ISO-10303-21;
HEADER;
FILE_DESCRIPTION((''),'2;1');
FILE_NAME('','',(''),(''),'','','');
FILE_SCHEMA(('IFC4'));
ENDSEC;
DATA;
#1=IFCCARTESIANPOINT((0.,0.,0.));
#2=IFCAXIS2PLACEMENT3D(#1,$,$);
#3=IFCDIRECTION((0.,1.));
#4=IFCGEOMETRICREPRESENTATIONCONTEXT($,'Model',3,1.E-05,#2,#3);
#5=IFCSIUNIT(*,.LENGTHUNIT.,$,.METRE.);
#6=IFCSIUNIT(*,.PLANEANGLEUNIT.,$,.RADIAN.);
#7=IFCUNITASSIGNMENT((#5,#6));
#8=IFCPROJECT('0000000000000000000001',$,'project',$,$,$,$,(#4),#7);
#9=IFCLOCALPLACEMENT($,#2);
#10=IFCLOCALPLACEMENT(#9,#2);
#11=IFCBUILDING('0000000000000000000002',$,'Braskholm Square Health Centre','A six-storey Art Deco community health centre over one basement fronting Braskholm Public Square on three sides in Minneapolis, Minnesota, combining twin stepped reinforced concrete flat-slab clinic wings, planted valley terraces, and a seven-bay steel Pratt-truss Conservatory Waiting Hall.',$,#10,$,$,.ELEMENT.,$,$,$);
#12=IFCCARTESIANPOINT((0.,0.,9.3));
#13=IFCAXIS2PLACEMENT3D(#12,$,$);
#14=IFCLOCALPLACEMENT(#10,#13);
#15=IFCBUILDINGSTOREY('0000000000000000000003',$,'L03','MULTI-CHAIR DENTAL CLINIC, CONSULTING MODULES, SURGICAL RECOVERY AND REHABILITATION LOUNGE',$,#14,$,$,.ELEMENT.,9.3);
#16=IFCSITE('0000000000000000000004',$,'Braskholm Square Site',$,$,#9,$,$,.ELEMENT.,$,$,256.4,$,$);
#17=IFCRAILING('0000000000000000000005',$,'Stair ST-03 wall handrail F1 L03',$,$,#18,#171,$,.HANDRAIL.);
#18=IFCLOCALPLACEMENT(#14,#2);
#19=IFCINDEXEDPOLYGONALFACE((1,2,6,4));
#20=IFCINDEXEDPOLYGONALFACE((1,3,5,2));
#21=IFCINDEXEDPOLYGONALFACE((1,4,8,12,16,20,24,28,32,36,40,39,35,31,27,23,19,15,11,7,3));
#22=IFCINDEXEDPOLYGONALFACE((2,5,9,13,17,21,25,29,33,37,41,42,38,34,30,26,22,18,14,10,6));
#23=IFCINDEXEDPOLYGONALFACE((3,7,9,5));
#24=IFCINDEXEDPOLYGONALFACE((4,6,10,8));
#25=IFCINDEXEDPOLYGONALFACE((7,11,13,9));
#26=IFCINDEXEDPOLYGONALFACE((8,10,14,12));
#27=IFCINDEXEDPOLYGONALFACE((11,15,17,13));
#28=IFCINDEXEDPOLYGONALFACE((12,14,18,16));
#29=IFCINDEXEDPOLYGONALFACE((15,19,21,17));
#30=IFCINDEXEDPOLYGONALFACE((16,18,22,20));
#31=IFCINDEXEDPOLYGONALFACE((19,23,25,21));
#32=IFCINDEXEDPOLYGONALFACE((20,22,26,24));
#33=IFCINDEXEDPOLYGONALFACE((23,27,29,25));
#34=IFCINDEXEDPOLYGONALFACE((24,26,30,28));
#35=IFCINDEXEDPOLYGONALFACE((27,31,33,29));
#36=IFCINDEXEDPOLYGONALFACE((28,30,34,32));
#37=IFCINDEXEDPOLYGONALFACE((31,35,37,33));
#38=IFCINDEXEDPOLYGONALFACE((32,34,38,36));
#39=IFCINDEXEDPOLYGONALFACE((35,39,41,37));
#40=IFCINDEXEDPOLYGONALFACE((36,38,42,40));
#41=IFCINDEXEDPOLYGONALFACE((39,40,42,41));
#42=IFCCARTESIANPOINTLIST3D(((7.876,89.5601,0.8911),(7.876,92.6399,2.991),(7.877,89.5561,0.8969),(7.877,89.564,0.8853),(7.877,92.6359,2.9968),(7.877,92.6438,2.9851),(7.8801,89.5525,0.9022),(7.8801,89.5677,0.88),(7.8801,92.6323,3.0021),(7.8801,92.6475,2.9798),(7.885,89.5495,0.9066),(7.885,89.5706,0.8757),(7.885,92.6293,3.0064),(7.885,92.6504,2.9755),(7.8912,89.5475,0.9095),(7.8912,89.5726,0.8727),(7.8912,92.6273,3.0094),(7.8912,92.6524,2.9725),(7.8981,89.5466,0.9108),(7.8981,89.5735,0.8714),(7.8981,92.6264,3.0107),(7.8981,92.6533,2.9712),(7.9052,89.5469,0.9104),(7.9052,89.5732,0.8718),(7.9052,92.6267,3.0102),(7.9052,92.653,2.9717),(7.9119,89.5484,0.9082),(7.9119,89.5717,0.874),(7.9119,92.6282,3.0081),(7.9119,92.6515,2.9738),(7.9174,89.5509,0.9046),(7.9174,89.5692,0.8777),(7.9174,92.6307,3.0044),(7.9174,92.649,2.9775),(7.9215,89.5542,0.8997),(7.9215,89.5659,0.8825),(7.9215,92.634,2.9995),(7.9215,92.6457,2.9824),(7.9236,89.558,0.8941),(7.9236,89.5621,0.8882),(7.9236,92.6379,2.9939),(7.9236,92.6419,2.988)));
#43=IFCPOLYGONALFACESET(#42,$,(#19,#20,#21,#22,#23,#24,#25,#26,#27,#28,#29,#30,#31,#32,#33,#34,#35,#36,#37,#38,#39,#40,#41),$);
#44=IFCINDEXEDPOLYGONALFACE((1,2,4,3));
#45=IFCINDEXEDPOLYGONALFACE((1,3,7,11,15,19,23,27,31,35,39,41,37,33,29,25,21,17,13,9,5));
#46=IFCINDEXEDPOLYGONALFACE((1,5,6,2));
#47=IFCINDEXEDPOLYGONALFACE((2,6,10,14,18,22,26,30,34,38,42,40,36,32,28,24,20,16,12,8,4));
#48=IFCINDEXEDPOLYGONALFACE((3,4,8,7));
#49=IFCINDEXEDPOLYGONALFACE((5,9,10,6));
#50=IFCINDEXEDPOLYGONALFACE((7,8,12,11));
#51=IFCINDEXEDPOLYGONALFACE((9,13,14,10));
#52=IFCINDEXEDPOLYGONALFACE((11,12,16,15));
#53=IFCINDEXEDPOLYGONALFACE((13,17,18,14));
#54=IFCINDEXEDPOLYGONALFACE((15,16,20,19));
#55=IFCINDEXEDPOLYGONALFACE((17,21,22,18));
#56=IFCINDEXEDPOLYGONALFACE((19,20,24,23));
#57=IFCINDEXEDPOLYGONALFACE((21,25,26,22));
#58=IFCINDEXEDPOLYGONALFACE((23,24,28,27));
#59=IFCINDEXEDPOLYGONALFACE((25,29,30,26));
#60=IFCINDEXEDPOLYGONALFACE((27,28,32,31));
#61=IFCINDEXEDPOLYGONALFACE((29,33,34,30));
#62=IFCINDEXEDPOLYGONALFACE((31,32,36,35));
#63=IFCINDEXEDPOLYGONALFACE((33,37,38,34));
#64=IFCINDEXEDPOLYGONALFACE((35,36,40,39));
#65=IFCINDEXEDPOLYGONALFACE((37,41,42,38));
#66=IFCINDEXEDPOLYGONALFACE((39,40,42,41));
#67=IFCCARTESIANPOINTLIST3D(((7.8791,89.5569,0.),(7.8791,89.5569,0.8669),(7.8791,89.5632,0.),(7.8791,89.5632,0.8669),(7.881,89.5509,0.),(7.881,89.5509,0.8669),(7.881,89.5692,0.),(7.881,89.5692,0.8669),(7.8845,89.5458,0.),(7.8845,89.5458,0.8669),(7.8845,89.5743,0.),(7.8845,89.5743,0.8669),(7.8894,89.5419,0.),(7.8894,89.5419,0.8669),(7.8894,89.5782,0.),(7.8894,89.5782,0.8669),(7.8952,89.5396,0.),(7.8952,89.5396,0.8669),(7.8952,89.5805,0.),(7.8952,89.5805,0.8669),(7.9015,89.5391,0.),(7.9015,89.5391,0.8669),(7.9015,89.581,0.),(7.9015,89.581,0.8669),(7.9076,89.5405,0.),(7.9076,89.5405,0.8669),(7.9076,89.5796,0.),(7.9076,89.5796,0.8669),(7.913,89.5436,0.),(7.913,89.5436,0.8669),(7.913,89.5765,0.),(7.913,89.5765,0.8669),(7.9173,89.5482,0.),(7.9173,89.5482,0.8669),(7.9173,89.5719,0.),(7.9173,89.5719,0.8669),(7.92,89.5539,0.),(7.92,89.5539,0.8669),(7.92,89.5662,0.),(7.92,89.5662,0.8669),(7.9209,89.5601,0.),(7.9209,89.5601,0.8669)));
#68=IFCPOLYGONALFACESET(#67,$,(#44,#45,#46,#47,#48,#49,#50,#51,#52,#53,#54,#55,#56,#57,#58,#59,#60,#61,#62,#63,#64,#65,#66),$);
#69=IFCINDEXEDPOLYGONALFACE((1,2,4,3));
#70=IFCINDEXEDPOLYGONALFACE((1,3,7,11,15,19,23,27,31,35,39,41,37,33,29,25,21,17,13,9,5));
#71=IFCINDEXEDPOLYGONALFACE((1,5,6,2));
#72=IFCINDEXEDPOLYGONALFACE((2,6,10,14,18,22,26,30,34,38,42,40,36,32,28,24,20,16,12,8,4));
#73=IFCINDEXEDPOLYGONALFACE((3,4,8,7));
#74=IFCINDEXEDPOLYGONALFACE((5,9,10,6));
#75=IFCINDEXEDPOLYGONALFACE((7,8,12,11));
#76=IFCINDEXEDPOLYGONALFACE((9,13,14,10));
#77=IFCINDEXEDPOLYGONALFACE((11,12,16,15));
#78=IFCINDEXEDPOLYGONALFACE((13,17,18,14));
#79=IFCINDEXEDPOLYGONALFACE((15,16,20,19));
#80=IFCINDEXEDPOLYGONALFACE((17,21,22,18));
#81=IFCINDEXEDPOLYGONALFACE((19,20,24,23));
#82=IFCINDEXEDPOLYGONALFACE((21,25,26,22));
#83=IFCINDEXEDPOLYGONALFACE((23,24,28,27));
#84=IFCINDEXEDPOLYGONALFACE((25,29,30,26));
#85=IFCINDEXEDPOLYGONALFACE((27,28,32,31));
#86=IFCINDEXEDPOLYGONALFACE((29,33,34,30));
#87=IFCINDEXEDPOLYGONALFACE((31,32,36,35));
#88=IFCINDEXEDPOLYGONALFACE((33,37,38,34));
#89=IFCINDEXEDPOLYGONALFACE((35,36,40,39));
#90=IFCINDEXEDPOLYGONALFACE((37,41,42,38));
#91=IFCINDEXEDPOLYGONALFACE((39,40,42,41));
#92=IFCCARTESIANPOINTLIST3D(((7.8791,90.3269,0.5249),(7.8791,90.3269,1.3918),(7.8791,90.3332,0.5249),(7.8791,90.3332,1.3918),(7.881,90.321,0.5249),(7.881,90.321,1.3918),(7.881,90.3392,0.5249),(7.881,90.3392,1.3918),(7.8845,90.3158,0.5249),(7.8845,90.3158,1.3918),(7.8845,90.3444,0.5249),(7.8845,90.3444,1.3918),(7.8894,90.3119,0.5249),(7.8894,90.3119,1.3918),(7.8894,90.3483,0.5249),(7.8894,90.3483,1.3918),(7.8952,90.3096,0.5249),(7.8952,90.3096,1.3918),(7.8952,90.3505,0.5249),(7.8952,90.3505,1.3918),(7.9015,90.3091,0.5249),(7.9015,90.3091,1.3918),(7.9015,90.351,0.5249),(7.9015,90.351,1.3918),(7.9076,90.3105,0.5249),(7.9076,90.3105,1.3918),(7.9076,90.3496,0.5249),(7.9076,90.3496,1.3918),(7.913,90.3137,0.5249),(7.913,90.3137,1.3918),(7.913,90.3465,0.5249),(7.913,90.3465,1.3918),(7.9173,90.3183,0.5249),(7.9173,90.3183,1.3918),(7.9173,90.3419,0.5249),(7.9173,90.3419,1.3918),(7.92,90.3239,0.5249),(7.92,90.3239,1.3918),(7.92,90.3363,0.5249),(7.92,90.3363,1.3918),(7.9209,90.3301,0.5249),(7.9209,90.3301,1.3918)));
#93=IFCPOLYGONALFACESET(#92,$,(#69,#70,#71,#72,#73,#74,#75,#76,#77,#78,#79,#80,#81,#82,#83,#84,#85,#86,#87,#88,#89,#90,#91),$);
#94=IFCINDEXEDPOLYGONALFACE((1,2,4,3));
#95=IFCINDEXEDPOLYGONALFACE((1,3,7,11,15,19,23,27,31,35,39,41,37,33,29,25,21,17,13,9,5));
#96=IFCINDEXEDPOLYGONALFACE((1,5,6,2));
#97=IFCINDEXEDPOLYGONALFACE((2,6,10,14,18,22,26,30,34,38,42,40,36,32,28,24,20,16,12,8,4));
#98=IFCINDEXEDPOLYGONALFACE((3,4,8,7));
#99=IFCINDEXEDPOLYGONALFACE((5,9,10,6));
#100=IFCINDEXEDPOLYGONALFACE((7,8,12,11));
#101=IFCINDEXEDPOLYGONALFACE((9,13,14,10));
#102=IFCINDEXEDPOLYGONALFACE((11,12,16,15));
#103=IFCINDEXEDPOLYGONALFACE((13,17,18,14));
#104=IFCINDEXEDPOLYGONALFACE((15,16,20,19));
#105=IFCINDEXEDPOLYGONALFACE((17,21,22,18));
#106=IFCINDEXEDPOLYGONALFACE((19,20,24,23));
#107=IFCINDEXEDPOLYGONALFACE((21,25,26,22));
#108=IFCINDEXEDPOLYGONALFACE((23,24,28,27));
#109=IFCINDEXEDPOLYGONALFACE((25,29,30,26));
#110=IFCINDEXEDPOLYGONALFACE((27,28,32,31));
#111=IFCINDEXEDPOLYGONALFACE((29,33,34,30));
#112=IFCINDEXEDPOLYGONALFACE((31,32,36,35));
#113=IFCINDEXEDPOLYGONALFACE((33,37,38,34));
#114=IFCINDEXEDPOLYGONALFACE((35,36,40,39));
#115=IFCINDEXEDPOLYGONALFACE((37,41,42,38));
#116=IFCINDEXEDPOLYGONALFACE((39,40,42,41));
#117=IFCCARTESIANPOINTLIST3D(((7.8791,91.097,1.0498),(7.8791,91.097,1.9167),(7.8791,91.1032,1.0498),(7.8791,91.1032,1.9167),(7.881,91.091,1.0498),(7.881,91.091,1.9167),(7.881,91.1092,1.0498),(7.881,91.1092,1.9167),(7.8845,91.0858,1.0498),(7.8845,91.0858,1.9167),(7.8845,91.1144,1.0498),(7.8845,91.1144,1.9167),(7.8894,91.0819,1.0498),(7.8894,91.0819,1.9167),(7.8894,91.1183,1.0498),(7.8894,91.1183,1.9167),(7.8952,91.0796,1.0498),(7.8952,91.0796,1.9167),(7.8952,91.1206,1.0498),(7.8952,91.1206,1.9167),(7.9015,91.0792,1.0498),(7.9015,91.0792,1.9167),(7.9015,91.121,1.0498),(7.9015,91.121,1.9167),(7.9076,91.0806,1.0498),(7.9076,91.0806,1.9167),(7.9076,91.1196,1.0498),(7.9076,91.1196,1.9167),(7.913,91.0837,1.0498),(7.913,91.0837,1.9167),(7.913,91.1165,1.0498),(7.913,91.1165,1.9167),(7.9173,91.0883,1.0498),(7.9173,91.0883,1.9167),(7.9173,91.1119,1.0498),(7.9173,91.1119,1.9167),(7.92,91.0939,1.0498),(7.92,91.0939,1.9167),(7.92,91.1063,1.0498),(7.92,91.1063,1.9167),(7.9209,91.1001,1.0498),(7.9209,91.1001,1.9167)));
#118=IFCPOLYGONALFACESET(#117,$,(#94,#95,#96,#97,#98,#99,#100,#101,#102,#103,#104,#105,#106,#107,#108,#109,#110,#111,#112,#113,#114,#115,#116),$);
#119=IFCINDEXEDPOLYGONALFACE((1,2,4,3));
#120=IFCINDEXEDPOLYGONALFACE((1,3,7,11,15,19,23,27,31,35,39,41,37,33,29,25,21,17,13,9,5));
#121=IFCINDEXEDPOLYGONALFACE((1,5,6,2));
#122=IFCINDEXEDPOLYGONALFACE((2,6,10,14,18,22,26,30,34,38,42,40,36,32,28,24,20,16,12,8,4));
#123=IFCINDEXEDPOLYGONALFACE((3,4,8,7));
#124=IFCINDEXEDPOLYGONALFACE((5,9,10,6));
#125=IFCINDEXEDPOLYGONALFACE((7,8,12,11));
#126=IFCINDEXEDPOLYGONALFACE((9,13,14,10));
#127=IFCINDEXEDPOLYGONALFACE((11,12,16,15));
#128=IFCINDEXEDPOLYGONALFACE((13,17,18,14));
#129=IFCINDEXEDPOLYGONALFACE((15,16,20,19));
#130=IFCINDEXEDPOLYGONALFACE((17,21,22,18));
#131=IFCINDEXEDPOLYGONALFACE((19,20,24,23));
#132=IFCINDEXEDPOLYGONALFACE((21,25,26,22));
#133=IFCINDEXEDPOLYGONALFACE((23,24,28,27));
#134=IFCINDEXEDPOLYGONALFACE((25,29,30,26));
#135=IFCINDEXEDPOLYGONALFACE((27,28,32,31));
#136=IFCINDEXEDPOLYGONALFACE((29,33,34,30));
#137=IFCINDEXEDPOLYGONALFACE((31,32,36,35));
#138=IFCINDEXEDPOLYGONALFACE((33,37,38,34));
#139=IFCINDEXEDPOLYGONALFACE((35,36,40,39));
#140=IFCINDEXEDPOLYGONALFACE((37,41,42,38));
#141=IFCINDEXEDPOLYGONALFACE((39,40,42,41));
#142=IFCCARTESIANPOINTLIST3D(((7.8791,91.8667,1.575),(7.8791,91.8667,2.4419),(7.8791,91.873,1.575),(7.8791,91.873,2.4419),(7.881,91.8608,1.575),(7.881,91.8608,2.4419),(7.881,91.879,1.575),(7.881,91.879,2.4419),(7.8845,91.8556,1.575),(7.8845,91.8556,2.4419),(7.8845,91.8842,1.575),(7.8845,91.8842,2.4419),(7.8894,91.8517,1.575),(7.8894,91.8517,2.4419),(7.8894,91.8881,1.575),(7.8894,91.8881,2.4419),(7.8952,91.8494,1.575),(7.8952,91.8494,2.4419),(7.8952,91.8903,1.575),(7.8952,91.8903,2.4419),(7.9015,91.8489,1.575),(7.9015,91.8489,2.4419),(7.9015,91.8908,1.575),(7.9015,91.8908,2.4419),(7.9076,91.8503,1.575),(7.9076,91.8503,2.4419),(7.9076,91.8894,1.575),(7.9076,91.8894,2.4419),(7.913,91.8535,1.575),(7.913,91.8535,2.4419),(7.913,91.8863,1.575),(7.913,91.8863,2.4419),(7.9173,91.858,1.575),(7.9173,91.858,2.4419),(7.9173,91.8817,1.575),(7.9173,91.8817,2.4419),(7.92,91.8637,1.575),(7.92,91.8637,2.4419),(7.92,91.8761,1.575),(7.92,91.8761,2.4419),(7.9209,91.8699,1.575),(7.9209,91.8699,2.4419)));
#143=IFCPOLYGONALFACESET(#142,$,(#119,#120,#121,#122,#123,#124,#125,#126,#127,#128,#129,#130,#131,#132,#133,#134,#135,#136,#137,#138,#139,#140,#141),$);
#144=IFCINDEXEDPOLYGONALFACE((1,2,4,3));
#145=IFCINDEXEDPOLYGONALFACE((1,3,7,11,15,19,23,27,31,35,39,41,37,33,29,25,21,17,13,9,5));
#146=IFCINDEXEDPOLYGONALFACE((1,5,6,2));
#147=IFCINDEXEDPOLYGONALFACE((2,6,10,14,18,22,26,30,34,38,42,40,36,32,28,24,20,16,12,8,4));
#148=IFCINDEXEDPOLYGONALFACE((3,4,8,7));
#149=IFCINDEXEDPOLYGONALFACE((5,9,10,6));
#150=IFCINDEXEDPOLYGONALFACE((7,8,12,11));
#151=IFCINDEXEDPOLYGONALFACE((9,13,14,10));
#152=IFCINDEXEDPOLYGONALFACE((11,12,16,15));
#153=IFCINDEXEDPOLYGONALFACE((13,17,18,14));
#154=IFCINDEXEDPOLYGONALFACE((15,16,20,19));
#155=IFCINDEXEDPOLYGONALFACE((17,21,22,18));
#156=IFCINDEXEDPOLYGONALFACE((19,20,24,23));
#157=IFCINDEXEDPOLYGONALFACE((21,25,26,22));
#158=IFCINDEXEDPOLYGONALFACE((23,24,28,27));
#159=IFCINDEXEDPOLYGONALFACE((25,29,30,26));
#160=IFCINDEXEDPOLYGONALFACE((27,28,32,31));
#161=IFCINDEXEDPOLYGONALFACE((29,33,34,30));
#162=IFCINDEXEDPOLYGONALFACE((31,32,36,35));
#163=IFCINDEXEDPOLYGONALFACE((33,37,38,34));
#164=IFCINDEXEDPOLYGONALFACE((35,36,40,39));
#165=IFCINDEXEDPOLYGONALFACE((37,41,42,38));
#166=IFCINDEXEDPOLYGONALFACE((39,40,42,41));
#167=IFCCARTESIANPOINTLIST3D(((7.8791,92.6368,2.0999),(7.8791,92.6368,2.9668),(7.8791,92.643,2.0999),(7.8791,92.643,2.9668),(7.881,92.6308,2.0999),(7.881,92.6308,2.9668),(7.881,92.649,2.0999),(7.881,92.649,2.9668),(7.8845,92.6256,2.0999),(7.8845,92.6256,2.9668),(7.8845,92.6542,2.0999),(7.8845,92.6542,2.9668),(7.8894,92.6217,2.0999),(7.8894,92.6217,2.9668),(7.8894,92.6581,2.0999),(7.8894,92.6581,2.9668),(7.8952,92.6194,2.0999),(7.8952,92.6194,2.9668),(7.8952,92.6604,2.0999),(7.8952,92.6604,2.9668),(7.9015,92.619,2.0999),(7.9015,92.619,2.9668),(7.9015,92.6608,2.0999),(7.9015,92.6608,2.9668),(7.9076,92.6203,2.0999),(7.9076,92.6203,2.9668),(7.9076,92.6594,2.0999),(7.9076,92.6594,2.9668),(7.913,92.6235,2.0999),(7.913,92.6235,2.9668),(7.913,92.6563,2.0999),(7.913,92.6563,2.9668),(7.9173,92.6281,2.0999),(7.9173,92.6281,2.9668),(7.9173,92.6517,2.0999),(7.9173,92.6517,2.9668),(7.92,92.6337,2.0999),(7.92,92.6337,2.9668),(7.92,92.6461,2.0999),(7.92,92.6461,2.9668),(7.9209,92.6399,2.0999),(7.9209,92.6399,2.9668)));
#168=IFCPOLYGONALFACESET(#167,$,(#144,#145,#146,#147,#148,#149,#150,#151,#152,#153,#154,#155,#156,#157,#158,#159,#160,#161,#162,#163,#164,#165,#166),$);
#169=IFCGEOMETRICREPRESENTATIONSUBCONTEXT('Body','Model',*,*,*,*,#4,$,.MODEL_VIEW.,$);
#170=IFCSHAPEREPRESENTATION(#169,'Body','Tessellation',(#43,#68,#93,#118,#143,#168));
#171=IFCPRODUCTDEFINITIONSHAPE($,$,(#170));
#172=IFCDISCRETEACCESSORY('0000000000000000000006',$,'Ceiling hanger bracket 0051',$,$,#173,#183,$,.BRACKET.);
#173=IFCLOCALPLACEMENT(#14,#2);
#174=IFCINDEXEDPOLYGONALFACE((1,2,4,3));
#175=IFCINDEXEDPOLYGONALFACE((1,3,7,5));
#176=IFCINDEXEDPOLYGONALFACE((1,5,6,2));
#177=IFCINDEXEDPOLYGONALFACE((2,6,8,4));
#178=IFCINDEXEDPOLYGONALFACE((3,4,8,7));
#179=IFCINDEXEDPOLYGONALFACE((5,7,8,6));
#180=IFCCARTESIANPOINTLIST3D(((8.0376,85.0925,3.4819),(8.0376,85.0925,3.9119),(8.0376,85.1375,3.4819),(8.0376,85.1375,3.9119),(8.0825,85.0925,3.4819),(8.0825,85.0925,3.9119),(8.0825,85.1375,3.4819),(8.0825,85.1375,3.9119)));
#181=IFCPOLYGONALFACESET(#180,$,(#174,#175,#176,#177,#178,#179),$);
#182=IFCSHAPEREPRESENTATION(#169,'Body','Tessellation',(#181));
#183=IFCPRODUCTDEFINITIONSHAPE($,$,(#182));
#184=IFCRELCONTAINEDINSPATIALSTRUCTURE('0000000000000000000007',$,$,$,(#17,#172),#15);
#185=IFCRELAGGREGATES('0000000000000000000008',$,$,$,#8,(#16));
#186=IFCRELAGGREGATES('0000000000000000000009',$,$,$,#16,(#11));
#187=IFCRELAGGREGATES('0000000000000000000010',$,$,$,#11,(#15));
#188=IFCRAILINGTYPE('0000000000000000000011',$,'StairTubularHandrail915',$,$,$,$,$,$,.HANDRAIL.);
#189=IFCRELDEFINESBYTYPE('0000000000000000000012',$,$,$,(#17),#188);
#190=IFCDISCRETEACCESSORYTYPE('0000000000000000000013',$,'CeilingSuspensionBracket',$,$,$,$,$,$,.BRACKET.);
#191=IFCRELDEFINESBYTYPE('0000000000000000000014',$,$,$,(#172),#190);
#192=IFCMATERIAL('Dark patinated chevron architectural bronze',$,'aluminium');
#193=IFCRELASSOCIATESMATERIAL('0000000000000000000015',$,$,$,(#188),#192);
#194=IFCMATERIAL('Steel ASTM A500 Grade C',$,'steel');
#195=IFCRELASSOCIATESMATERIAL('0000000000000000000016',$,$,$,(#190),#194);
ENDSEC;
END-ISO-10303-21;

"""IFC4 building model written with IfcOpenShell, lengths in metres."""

from ifc_helpers import new_model, si_unit, direction, frame, origin, origin_2d, place, context, subcontext, project, spatial, rectangle, circle, extrude, material, type_object, element, save


model = new_model("IFC4")

# Units and contexts
model_context = context("Model", 3, precision=1e-05, world=origin(), true_north=direction((0.0, 1.0)))
body_context = subcontext(model_context, "Body", "Model", "MODEL_VIEW")
ifc_project = project(units=[si_unit("LENGTHUNIT", "METRE"), si_unit("PLANEANGLEUNIT", "RADIAN")], contexts=[model_context])

# Site, building, storey
site_placement = place(None, origin())
site = spatial("IfcSite", under=ifc_project, at=site_placement, Name="Braskholm Square Site", CompositionType="ELEMENT", RefElevation=256.4)
building_placement = place(site_placement, origin())
building = spatial("IfcBuilding", under=site, at=building_placement, Name="Braskholm Square Health Centre", Description="A six-storey Art Deco community health centre over one basement fronting Braskholm Public Square on three sides in Minneapolis, Minnesota, combining twin stepped reinforced concrete flat-slab clinic wings, planted valley terraces, and a seven-bay steel Pratt-truss Conservatory Waiting Hall.", CompositionType="ELEMENT")
storey_placement = place(building_placement, frame((0.0, 0.0, 9.3)))
storey = spatial("IfcBuildingStorey", under=building, at=storey_placement, Name="L03", Description="MULTI-CHAIR DENTAL CLINIC, CONSULTING MODULES, SURGICAL RECOVERY AND REHABILITATION LOUNGE", CompositionType="ELEMENT", Elevation=9.3)

# Railing
ifc_material_1 = material(Name="Dark patinated chevron architectural bronze", Category="aluminium")
railing_type = type_object("IfcRailingType", Name="StairTubularHandrail915", PredefinedType="HANDRAIL", material=ifc_material_1)
railing_placement = place(storey_placement, frame((7.8999, 89.5601, 0.0)))
element("IfcRailing", 1, at=railing_placement, inside=storey, type_object=railing_type, Name="Stair ST-03 wall handrail F1 L03", PredefinedType="HANDRAIL", context=body_context, shape_type="SweptSolid", body=[
    extrude(circle(Radius=0.0239, at=origin_2d()), frame((0.0, 0.0, 0.8911), z_axis=(0.0, 0.826231, 0.563331), x_axis=(-1.0, 0.0, 0.0)), (0.0, 0.0, 1.0), 3.7275),
    extrude(circle(Radius=0.021, at=origin_2d()), origin(), (0.0, 0.0, 1.0), 0.8669),
    extrude(circle(Radius=0.021, at=origin_2d()), frame((0.0, 0.77, 0.5249)), (0.0, 0.0, 1.0), 0.8669),
    extrude(circle(Radius=0.021, at=origin_2d()), frame((0.0, 1.54, 1.0498)), (0.0, 0.0, 1.0), 0.8669),
    extrude(circle(Radius=0.021, at=origin_2d()), frame((0.0, 2.3098, 1.575)), (0.0, 0.0, 1.0), 0.8669),
    extrude(circle(Radius=0.021, at=origin_2d()), frame((0.0, 3.0798, 2.0999)), (0.0, 0.0, 1.0), 0.8669),
])

# Discrete accessory
ifc_material_2 = material(Name="Steel ASTM A500 Grade C", Category="steel")
discrete_accessory_type = type_object("IfcDiscreteAccessoryType", Name="CeilingSuspensionBracket", PredefinedType="BRACKET", material=ifc_material_2)
discrete_accessory_placement = place(storey_placement, frame((8.0601, 85.115, 3.4819), z_axis=(0.0, 0.0, 1.0), x_axis=(1.0, 0.0, 0.0)))
element("IfcDiscreteAccessory", 2, at=discrete_accessory_placement, inside=storey, type_object=discrete_accessory_type, Name="Ceiling hanger bracket 0051", PredefinedType="BRACKET", context=body_context, shape_type="SweptSolid", body=[
    extrude(rectangle(XDim=0.0449, YDim=0.0449, at=origin_2d()), origin(), (0.0, 0.0, 1.0), 0.4299),
])

save(model, "model.ifc")
